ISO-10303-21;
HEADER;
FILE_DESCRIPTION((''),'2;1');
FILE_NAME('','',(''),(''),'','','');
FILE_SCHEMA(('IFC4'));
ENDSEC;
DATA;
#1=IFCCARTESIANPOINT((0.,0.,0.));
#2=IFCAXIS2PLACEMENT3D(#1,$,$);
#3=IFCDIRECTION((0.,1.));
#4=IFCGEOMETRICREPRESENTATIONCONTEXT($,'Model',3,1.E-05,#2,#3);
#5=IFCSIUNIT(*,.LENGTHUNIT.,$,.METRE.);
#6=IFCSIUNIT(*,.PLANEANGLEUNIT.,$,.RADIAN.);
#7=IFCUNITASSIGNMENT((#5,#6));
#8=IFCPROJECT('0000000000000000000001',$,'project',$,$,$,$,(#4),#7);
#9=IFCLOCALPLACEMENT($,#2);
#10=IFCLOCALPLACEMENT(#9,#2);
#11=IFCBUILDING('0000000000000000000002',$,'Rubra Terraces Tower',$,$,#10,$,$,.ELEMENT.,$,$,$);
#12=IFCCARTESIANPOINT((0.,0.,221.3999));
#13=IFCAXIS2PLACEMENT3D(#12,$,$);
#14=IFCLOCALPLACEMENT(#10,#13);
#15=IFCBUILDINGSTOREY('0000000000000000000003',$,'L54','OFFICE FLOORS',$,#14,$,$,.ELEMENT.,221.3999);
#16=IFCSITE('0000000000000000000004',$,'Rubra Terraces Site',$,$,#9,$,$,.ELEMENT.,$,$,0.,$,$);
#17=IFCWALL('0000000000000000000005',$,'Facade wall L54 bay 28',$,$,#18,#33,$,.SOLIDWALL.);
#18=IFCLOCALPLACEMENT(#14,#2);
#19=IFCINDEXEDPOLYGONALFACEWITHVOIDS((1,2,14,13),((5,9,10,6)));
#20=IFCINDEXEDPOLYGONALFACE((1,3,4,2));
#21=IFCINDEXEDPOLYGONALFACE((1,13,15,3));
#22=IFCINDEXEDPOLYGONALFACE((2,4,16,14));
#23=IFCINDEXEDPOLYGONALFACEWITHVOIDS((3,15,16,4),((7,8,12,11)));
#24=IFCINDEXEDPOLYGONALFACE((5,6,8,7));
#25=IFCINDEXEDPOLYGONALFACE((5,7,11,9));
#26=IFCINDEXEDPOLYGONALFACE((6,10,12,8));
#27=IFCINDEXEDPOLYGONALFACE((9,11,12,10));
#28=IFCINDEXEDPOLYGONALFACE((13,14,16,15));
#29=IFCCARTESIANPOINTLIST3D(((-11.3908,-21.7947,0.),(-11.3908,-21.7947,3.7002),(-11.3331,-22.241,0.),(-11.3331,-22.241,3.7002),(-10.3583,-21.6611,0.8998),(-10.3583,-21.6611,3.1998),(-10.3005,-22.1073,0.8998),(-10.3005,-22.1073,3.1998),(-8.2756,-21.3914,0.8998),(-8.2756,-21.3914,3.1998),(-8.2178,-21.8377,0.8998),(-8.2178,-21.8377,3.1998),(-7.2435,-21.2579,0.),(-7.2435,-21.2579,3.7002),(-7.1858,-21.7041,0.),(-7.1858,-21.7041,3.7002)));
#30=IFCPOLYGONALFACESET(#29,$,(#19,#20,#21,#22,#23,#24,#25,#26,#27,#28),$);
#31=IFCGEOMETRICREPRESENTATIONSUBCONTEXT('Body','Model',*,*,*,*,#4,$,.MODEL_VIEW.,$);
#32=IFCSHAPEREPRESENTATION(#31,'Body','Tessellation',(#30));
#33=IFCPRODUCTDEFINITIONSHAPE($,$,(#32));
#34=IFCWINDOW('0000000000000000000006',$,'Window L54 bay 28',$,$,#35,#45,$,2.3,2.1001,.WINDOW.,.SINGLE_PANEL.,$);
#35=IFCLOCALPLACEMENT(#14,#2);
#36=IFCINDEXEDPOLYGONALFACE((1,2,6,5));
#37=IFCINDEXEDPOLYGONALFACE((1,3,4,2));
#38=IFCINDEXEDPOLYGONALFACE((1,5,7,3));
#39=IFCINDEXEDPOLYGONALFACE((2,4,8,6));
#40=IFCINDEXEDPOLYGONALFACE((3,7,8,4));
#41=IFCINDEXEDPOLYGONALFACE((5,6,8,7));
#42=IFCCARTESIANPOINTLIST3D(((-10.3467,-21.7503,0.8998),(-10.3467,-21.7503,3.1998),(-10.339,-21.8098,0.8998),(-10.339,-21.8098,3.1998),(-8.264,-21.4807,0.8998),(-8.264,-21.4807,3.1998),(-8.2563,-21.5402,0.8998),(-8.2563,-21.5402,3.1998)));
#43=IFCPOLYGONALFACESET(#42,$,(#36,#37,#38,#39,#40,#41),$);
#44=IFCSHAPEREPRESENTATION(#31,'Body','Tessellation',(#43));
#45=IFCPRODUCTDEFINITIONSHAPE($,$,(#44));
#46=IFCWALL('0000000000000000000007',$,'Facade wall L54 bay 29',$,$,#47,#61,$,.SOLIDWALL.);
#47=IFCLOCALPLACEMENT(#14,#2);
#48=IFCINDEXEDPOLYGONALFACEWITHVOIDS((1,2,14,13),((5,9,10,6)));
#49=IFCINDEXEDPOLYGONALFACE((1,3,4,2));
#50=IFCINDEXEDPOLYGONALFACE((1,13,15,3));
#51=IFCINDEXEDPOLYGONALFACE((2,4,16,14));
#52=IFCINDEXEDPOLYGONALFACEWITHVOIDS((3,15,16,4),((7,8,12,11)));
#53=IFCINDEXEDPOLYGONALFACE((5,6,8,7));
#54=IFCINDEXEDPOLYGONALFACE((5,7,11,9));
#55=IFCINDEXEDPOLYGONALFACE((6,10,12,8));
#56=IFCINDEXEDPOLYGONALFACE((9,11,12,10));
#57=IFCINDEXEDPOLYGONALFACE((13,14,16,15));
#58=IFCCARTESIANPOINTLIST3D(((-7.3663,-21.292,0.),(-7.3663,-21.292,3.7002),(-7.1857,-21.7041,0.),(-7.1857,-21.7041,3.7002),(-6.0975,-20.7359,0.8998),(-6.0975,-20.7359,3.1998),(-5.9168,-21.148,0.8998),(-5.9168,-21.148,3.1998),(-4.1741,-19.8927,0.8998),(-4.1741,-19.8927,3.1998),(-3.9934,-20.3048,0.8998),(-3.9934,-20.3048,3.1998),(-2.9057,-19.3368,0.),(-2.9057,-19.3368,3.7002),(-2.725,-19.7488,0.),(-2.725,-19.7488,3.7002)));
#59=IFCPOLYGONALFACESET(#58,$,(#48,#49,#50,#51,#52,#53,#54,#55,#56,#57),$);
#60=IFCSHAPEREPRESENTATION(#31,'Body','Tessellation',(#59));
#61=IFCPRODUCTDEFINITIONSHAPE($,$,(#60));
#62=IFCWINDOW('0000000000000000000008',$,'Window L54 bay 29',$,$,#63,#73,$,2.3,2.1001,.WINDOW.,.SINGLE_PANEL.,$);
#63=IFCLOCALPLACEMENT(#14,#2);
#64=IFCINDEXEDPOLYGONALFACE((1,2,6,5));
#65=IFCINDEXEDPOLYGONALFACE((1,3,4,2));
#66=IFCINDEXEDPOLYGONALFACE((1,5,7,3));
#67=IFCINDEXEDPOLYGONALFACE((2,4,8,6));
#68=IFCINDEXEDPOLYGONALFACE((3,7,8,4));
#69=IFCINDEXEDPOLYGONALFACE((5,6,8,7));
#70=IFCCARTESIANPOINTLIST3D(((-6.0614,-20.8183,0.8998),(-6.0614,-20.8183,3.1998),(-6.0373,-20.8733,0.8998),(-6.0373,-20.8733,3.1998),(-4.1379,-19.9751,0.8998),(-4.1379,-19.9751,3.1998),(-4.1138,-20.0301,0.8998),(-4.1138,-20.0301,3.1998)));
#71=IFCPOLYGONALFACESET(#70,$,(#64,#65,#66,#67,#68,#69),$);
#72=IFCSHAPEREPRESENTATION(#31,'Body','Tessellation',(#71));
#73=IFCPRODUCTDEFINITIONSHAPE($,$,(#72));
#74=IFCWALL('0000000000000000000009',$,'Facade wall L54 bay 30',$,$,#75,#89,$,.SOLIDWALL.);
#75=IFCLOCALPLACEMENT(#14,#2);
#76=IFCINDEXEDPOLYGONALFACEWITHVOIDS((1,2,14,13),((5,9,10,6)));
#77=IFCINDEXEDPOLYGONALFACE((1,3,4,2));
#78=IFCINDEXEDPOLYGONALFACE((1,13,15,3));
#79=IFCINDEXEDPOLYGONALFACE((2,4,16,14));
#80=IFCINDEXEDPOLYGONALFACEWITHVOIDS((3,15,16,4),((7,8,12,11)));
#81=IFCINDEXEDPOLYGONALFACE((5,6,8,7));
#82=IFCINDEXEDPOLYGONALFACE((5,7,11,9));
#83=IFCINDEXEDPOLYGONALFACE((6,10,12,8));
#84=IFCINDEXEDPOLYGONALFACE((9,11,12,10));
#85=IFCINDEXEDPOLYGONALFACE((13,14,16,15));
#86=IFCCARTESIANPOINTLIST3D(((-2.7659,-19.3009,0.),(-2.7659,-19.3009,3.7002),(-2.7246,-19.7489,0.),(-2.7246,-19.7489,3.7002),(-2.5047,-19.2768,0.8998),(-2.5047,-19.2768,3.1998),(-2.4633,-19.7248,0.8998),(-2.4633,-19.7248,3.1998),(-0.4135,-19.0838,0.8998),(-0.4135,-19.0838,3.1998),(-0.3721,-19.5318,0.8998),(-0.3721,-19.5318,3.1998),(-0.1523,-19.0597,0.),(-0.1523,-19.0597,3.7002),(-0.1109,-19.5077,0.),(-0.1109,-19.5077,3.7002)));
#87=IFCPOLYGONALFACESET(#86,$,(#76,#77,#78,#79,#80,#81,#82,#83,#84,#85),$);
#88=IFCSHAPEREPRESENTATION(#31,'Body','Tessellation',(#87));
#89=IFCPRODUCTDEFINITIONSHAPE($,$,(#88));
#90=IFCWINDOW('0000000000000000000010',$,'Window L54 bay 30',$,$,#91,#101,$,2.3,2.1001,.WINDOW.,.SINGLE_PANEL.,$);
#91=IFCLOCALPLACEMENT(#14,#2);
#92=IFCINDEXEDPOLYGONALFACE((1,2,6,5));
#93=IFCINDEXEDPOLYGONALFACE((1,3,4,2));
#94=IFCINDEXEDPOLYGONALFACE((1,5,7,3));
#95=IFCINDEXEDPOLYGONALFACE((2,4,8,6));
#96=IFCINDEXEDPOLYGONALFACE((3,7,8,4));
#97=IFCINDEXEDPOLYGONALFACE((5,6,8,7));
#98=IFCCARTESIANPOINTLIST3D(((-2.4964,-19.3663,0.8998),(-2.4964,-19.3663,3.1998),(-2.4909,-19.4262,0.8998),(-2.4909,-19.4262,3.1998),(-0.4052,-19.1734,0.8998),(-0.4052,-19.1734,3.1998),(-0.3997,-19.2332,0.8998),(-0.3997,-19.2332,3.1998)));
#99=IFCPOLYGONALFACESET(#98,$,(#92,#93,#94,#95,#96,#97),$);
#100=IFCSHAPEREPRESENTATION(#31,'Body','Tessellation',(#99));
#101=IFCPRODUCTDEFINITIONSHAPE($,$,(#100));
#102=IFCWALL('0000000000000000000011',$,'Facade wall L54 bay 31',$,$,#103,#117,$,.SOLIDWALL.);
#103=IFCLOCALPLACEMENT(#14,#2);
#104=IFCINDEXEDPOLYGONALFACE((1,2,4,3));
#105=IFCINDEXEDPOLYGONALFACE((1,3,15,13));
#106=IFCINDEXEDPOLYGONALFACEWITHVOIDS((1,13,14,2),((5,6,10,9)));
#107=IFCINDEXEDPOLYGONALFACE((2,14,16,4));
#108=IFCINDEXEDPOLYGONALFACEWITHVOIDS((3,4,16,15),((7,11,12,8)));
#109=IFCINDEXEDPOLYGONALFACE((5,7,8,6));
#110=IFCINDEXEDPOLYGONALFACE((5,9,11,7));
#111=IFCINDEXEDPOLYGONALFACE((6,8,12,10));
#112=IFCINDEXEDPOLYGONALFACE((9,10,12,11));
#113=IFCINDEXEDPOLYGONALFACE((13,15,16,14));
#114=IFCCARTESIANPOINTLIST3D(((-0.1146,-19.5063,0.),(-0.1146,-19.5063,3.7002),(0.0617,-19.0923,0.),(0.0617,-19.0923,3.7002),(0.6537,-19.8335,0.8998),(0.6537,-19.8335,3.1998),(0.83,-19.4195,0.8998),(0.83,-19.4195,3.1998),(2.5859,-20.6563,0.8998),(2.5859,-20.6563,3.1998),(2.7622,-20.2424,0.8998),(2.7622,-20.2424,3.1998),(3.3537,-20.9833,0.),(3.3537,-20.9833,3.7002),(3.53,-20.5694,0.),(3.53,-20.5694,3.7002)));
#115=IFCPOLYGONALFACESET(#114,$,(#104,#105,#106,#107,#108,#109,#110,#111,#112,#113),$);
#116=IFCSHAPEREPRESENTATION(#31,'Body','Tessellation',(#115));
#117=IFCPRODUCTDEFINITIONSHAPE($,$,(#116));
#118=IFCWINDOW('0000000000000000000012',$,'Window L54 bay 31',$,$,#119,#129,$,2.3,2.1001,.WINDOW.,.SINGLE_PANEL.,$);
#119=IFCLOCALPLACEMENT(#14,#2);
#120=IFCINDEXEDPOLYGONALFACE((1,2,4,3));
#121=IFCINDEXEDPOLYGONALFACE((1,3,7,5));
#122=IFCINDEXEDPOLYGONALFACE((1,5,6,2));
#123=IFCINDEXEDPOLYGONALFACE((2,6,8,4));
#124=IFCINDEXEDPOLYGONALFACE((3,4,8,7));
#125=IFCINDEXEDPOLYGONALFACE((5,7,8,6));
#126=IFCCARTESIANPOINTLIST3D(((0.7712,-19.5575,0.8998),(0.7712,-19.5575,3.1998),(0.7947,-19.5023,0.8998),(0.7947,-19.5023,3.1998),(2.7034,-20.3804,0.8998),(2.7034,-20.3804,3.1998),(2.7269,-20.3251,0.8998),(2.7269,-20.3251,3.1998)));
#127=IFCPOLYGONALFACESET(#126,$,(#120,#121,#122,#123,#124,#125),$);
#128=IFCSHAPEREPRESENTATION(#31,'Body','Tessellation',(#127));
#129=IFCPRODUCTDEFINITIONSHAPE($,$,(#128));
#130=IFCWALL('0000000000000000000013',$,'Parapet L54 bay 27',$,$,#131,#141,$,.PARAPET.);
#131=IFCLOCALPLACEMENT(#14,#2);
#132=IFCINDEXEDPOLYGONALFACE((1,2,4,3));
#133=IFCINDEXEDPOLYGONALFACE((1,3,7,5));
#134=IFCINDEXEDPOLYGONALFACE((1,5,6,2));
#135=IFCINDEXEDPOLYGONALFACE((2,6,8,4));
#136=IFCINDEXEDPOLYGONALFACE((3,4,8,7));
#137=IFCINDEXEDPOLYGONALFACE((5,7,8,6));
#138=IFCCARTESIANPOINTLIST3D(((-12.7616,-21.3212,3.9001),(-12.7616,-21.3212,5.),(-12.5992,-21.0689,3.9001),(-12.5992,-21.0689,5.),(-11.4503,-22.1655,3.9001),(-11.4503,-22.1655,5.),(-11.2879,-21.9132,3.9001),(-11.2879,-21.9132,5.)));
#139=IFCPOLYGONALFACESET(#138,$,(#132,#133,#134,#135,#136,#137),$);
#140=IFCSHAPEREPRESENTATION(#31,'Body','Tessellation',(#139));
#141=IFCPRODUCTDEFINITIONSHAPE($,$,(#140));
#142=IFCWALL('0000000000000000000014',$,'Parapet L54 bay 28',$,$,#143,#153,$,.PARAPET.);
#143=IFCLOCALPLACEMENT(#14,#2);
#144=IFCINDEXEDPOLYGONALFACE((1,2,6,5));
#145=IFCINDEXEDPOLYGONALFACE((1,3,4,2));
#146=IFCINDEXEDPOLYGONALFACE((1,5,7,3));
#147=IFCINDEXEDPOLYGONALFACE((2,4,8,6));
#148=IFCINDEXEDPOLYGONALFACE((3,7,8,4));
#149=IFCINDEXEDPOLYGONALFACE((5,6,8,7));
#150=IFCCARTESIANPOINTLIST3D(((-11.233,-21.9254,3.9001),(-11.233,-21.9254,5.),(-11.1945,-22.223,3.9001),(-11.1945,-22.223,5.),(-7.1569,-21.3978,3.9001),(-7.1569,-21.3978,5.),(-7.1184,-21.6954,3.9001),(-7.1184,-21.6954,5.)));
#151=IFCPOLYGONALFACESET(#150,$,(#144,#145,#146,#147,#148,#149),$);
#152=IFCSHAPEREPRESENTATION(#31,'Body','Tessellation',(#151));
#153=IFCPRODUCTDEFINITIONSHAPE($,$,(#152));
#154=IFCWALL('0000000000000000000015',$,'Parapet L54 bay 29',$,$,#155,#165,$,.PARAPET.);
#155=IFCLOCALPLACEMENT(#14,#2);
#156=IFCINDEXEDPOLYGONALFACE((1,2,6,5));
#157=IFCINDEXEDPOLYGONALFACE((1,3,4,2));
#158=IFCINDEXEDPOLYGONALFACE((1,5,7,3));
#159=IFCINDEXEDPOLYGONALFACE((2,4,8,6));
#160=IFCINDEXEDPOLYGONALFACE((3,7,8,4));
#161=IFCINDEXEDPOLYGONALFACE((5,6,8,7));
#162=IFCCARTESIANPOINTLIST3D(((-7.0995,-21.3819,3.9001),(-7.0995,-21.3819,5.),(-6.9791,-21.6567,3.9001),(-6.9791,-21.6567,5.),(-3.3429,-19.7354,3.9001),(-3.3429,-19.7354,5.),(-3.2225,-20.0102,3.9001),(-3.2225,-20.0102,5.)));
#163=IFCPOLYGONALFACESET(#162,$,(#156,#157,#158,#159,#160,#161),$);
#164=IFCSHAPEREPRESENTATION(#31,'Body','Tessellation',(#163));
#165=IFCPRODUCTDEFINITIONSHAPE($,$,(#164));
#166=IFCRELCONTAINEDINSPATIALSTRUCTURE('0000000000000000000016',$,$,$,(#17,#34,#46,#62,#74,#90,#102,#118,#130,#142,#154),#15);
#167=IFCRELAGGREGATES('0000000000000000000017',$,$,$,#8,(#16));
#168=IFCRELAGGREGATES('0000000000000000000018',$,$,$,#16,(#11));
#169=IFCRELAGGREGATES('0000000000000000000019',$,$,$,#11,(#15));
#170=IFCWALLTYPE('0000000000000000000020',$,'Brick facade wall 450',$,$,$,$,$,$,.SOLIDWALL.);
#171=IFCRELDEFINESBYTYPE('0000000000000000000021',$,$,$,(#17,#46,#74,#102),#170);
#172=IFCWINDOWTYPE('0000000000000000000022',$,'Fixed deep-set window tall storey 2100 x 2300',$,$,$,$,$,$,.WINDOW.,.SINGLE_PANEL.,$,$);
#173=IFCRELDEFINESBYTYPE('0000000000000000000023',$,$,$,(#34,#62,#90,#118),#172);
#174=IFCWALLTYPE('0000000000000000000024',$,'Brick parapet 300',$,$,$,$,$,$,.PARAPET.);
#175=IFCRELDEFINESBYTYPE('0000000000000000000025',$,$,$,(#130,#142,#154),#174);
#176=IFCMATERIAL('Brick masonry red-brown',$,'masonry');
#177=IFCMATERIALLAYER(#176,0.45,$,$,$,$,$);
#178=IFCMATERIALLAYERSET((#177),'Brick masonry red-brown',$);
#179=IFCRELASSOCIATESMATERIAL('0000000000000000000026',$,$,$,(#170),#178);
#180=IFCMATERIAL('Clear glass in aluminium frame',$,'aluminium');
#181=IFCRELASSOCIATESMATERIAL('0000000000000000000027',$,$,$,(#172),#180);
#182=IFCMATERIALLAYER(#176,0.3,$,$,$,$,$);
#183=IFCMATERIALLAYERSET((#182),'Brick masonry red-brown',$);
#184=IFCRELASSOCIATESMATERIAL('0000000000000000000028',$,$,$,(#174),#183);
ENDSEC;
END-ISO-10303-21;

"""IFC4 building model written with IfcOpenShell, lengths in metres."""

from ifc_helpers import new_model, si_unit, direction, frame, frame_2d, origin, place, context, subcontext, project, spatial, rectangle, extrude, material, layer, layer_set, type_object, element, fill, save


model = new_model("IFC4")

# Units and contexts
model_context = context("Model", 3, precision=1e-05, world=origin(), true_north=direction((0.0, 1.0)))
body_context = subcontext(model_context, "Body", "Model", "MODEL_VIEW")
ifc_project = project(units=[si_unit("LENGTHUNIT", "METRE"), si_unit("PLANEANGLEUNIT", "RADIAN")], contexts=[model_context])

# Site, building, storey
site_placement = place(None, origin())
site = spatial("IfcSite", under=ifc_project, at=site_placement, Name="Rubra Terraces Site", CompositionType="ELEMENT", RefElevation=0.0)
building_placement = place(site_placement, origin())
building = spatial("IfcBuilding", under=site, at=building_placement, Name="Rubra Terraces Tower", CompositionType="ELEMENT")
storey_placement = place(building_placement, frame((0.0, 0.0, 221.3999)))
storey = spatial("IfcBuildingStorey", under=building, at=storey_placement, Name="L54", Description="OFFICE FLOORS", CompositionType="ELEMENT", Elevation=221.3999)

# Walls, openings, windows
ifc_material_1 = material(Name="Brick masonry red-brown", Category="masonry")
ifc_layer_1 = layer(ifc_material_1, 0.45)
ifc_layer_set_1 = layer_set([ifc_layer_1], Name="Brick masonry red-brown")
wall_type_1 = type_object("IfcWallType", Name="Brick facade wall 450", PredefinedType="SOLIDWALL", material=ifc_layer_set_1)
wall_1_placement = place(storey_placement, frame((-11.3618, -22.0178, 0.0), z_axis=(0.0, 0.0, 1.0), x_axis=(0.991725, 0.128381, 0.0)))
wall_1 = element("IfcWall", 1, at=wall_1_placement, inside=storey, type_object=wall_type_1, Name="Facade wall L54 bay 28", PredefinedType="SOLIDWALL", context=body_context, shape_type="SweptSolid", body=[
    extrude(rectangle(XDim=4.1819, YDim=0.45, at=frame_2d((2.0908, 0.0))), origin(), (0.0, 0.0, 1.0), 3.7002),
])
opening_1_placement = place(wall_1_placement, frame((1.041, 0.0, 0.8999)))
opening_1 = element("IfcOpeningElement", 2, at=opening_1_placement, cuts=wall_1, PredefinedType="OPENING", context=body_context, shape_type="SweptSolid", body=[
    extrude(rectangle(XDim=2.1001, YDim=2.3, at=frame_2d((1.05, 1.1499))), frame((0.0, 0.2349, 0.0), z_axis=(0.0, -1.0, 0.0), x_axis=(1.0, 0.0, 0.0)), (0.0, 0.0, 1.0), 0.47),
])
ifc_material_2 = material(Name="Clear glass in aluminium frame", Category="aluminium")
window_type = type_object("IfcWindowType", Name="Fixed deep-set window tall storey 2100 x 2300", PartitioningType="SINGLE_PANEL", PredefinedType="WINDOW", material=ifc_material_2)
window_1_placement = place(opening_1_placement, origin())
window_1 = element("IfcWindow", 3, at=window_1_placement, inside=storey, type_object=window_type, Name="Window L54 bay 28", OverallHeight=2.3, OverallWidth=2.1001, PartitioningType="SINGLE_PANEL", PredefinedType="WINDOW", context=body_context, shape_type="SweptSolid", body=[
    extrude(rectangle(XDim=2.1001, YDim=2.3, at=frame_2d((1.05, 1.1499))), frame((0.0, 0.135, 0.0), z_axis=(0.0, -1.0, 0.0), x_axis=(1.0, 0.0, 0.0)), (0.0, 0.0, 1.0), 0.0601),
])
fill(opening_1, window_1)
wall_2_placement = place(storey_placement, frame((-7.2759, -21.498, 0.0), z_axis=(0.0, 0.0, 1.0), x_axis=(0.915873, 0.401468, 0.0)))
wall_2 = element("IfcWall", 4, at=wall_2_placement, inside=storey, type_object=wall_type_1, Name="Facade wall L54 bay 29", PredefinedType="SOLIDWALL", context=body_context, shape_type="SweptSolid", body=[
    extrude(rectangle(XDim=4.8704, YDim=0.45, at=frame_2d((2.4351, 0.0))), origin(), (0.0, 0.0, 1.0), 3.7002),
])
opening_2_placement = place(wall_2_placement, frame((1.3853, 0.0, 0.8999)))
opening_2 = element("IfcOpeningElement", 5, at=opening_2_placement, cuts=wall_2, PredefinedType="OPENING", context=body_context, shape_type="SweptSolid", body=[
    extrude(rectangle(XDim=2.1001, YDim=2.3, at=frame_2d((1.05, 1.1499))), frame((0.0, 0.2349, 0.0), z_axis=(0.0, -1.0, 0.0), x_axis=(1.0, 0.0, 0.0)), (0.0, 0.0, 1.0), 0.47),
])
window_2_placement = place(opening_2_placement, origin())
window_2 = element("IfcWindow", 6, at=window_2_placement, inside=storey, type_object=window_type, Name="Window L54 bay 29", OverallHeight=2.3, OverallWidth=2.1001, PartitioningType="SINGLE_PANEL", PredefinedType="WINDOW", context=body_context, shape_type="SweptSolid", body=[
    extrude(rectangle(XDim=2.1001, YDim=2.3, at=frame_2d((1.05, 1.1499))), frame((0.0, 0.135, 0.0), z_axis=(0.0, -1.0, 0.0), x_axis=(1.0, 0.0, 0.0)), (0.0, 0.0, 1.0), 0.0601),
])
fill(opening_2, window_2)
wall_3_placement = place(storey_placement, frame((-2.7454, -19.5249, 0.0), z_axis=(0.0, 0.0, 1.0), x_axis=(0.995769, 0.091894, 0.0)))
wall_3 = element("IfcWall", 7, at=wall_3_placement, inside=storey, type_object=wall_type_1, Name="Facade wall L54 bay 30", PredefinedType="SOLIDWALL", context=body_context, shape_type="SweptSolid", body=[
    extrude(rectangle(XDim=2.6248, YDim=0.45, at=frame_2d((1.3125, 0.0))), origin(), (0.0, 0.0, 1.0), 3.7002),
])
opening_3_placement = place(wall_3_placement, frame((0.2625, 0.0, 0.8999)))
opening_3 = element("IfcOpeningElement", 8, at=opening_3_placement, cuts=wall_3, PredefinedType="OPENING", context=body_context, shape_type="SweptSolid", body=[
    extrude(rectangle(XDim=2.1001, YDim=2.3, at=frame_2d((1.05, 1.1499))), frame((0.0, 0.2349, 0.0), z_axis=(0.0, -1.0, 0.0), x_axis=(1.0, 0.0, 0.0)), (0.0, 0.0, 1.0), 0.47),
])
window_3_placement = place(opening_3_placement, origin())
window_3 = element("IfcWindow", 9, at=window_3_placement, inside=storey, type_object=window_type, Name="Window L54 bay 30", OverallHeight=2.3, OverallWidth=2.1001, PartitioningType="SINGLE_PANEL", PredefinedType="WINDOW", context=body_context, shape_type="SweptSolid", body=[
    extrude(rectangle(XDim=2.1001, YDim=2.3, at=frame_2d((1.05, 1.1499))), frame((0.0, 0.135, 0.0), z_axis=(0.0, -1.0, 0.0), x_axis=(1.0, 0.0, 0.0)), (0.0, 0.0, 1.0), 0.0601),
])
fill(opening_3, window_3)
wall_4_placement = place(storey_placement, frame((-0.0264, -19.2993, 0.0), z_axis=(0.0, 0.0, 1.0), x_axis=(0.92004, -0.391823, 0.0)))
wall_4 = element("IfcWall", 10, at=wall_4_placement, inside=storey, type_object=wall_type_1, Name="Facade wall L54 bay 31", PredefinedType="SOLIDWALL", context=body_context, shape_type="SweptSolid", body=[
    extrude(rectangle(XDim=3.7698, YDim=0.45, at=frame_2d((1.8848, 0.0))), origin(), (0.0, 0.0, 1.0), 3.7002),
])
opening_4_placement = place(wall_4_placement, frame((0.835, 0.0, 0.8999)))
opening_4 = element("IfcOpeningElement", 11, at=opening_4_placement, cuts=wall_4, PredefinedType="OPENING", context=body_context, shape_type="SweptSolid", body=[
    extrude(rectangle(XDim=2.1001, YDim=2.3, at=frame_2d((1.05, 1.1499))), frame((0.0, 0.2349, 0.0), z_axis=(0.0, -1.0, 0.0), x_axis=(1.0, 0.0, 0.0)), (0.0, 0.0, 1.0), 0.47),
])
window_4_placement = place(opening_4_placement, origin())
window_4 = element("IfcWindow", 12, at=window_4_placement, inside=storey, type_object=window_type, Name="Window L54 bay 31", OverallHeight=2.3, OverallWidth=2.1001, PartitioningType="SINGLE_PANEL", PredefinedType="WINDOW", context=body_context, shape_type="SweptSolid", body=[
    extrude(rectangle(XDim=2.1001, YDim=2.3, at=frame_2d((1.05, 1.1499))), frame((0.0, 0.135, 0.0), z_axis=(0.0, -1.0, 0.0), x_axis=(1.0, 0.0, 0.0)), (0.0, 0.0, 1.0), 0.0601),
])
fill(opening_4, window_4)

# Walls
ifc_layer_2 = layer(ifc_material_1, 0.3)
ifc_layer_set_2 = layer_set([ifc_layer_2], Name="Brick masonry red-brown")
wall_type_2 = type_object("IfcWallType", Name="Brick parapet 300", PredefinedType="PARAPET", material=ifc_layer_set_2)
wall_5_placement = place(storey_placement, frame((-12.6804, -21.1951, 3.9001), z_axis=(0.0, 0.0, 1.0), x_axis=(0.840807, -0.541335, 0.0)))
element("IfcWall", 13, at=wall_5_placement, inside=storey, type_object=wall_type_2, Name="Parapet L54 bay 27", PredefinedType="PARAPET", context=body_context, shape_type="SweptSolid", body=[
    extrude(rectangle(XDim=1.5596, YDim=0.3, at=frame_2d((0.7798, 0.0))), origin(), (0.0, 0.0, 1.0), 1.0999),
])
wall_6_placement = place(storey_placement, frame((-11.2139, -22.0742, 3.9001), z_axis=(0.0, 0.0, 1.0), x_axis=(0.991727, 0.128361, 0.0)))
element("IfcWall", 14, at=wall_6_placement, inside=storey, type_object=wall_type_2, Name="Parapet L54 bay 28", PredefinedType="PARAPET", context=body_context, shape_type="SweptSolid", body=[
    extrude(rectangle(XDim=4.1101, YDim=0.3, at=frame_2d((2.0552, 0.0))), origin(), (0.0, 0.0, 1.0), 1.0999),
])
wall_7_placement = place(storey_placement, frame((-7.0393, -21.5193, 3.9001), z_axis=(0.0, 0.0, 1.0), x_axis=(0.915891, 0.401428, 0.0)))
element("IfcWall", 15, at=wall_7_placement, inside=storey, type_object=wall_type_2, Name="Parapet L54 bay 29", PredefinedType="PARAPET", context=body_context, shape_type="SweptSolid", body=[
    extrude(rectangle(XDim=4.1016, YDim=0.3, at=frame_2d((2.0508, 0.0))), origin(), (0.0, 0.0, 1.0), 1.0999),
])

save(model, "model.ifc")
